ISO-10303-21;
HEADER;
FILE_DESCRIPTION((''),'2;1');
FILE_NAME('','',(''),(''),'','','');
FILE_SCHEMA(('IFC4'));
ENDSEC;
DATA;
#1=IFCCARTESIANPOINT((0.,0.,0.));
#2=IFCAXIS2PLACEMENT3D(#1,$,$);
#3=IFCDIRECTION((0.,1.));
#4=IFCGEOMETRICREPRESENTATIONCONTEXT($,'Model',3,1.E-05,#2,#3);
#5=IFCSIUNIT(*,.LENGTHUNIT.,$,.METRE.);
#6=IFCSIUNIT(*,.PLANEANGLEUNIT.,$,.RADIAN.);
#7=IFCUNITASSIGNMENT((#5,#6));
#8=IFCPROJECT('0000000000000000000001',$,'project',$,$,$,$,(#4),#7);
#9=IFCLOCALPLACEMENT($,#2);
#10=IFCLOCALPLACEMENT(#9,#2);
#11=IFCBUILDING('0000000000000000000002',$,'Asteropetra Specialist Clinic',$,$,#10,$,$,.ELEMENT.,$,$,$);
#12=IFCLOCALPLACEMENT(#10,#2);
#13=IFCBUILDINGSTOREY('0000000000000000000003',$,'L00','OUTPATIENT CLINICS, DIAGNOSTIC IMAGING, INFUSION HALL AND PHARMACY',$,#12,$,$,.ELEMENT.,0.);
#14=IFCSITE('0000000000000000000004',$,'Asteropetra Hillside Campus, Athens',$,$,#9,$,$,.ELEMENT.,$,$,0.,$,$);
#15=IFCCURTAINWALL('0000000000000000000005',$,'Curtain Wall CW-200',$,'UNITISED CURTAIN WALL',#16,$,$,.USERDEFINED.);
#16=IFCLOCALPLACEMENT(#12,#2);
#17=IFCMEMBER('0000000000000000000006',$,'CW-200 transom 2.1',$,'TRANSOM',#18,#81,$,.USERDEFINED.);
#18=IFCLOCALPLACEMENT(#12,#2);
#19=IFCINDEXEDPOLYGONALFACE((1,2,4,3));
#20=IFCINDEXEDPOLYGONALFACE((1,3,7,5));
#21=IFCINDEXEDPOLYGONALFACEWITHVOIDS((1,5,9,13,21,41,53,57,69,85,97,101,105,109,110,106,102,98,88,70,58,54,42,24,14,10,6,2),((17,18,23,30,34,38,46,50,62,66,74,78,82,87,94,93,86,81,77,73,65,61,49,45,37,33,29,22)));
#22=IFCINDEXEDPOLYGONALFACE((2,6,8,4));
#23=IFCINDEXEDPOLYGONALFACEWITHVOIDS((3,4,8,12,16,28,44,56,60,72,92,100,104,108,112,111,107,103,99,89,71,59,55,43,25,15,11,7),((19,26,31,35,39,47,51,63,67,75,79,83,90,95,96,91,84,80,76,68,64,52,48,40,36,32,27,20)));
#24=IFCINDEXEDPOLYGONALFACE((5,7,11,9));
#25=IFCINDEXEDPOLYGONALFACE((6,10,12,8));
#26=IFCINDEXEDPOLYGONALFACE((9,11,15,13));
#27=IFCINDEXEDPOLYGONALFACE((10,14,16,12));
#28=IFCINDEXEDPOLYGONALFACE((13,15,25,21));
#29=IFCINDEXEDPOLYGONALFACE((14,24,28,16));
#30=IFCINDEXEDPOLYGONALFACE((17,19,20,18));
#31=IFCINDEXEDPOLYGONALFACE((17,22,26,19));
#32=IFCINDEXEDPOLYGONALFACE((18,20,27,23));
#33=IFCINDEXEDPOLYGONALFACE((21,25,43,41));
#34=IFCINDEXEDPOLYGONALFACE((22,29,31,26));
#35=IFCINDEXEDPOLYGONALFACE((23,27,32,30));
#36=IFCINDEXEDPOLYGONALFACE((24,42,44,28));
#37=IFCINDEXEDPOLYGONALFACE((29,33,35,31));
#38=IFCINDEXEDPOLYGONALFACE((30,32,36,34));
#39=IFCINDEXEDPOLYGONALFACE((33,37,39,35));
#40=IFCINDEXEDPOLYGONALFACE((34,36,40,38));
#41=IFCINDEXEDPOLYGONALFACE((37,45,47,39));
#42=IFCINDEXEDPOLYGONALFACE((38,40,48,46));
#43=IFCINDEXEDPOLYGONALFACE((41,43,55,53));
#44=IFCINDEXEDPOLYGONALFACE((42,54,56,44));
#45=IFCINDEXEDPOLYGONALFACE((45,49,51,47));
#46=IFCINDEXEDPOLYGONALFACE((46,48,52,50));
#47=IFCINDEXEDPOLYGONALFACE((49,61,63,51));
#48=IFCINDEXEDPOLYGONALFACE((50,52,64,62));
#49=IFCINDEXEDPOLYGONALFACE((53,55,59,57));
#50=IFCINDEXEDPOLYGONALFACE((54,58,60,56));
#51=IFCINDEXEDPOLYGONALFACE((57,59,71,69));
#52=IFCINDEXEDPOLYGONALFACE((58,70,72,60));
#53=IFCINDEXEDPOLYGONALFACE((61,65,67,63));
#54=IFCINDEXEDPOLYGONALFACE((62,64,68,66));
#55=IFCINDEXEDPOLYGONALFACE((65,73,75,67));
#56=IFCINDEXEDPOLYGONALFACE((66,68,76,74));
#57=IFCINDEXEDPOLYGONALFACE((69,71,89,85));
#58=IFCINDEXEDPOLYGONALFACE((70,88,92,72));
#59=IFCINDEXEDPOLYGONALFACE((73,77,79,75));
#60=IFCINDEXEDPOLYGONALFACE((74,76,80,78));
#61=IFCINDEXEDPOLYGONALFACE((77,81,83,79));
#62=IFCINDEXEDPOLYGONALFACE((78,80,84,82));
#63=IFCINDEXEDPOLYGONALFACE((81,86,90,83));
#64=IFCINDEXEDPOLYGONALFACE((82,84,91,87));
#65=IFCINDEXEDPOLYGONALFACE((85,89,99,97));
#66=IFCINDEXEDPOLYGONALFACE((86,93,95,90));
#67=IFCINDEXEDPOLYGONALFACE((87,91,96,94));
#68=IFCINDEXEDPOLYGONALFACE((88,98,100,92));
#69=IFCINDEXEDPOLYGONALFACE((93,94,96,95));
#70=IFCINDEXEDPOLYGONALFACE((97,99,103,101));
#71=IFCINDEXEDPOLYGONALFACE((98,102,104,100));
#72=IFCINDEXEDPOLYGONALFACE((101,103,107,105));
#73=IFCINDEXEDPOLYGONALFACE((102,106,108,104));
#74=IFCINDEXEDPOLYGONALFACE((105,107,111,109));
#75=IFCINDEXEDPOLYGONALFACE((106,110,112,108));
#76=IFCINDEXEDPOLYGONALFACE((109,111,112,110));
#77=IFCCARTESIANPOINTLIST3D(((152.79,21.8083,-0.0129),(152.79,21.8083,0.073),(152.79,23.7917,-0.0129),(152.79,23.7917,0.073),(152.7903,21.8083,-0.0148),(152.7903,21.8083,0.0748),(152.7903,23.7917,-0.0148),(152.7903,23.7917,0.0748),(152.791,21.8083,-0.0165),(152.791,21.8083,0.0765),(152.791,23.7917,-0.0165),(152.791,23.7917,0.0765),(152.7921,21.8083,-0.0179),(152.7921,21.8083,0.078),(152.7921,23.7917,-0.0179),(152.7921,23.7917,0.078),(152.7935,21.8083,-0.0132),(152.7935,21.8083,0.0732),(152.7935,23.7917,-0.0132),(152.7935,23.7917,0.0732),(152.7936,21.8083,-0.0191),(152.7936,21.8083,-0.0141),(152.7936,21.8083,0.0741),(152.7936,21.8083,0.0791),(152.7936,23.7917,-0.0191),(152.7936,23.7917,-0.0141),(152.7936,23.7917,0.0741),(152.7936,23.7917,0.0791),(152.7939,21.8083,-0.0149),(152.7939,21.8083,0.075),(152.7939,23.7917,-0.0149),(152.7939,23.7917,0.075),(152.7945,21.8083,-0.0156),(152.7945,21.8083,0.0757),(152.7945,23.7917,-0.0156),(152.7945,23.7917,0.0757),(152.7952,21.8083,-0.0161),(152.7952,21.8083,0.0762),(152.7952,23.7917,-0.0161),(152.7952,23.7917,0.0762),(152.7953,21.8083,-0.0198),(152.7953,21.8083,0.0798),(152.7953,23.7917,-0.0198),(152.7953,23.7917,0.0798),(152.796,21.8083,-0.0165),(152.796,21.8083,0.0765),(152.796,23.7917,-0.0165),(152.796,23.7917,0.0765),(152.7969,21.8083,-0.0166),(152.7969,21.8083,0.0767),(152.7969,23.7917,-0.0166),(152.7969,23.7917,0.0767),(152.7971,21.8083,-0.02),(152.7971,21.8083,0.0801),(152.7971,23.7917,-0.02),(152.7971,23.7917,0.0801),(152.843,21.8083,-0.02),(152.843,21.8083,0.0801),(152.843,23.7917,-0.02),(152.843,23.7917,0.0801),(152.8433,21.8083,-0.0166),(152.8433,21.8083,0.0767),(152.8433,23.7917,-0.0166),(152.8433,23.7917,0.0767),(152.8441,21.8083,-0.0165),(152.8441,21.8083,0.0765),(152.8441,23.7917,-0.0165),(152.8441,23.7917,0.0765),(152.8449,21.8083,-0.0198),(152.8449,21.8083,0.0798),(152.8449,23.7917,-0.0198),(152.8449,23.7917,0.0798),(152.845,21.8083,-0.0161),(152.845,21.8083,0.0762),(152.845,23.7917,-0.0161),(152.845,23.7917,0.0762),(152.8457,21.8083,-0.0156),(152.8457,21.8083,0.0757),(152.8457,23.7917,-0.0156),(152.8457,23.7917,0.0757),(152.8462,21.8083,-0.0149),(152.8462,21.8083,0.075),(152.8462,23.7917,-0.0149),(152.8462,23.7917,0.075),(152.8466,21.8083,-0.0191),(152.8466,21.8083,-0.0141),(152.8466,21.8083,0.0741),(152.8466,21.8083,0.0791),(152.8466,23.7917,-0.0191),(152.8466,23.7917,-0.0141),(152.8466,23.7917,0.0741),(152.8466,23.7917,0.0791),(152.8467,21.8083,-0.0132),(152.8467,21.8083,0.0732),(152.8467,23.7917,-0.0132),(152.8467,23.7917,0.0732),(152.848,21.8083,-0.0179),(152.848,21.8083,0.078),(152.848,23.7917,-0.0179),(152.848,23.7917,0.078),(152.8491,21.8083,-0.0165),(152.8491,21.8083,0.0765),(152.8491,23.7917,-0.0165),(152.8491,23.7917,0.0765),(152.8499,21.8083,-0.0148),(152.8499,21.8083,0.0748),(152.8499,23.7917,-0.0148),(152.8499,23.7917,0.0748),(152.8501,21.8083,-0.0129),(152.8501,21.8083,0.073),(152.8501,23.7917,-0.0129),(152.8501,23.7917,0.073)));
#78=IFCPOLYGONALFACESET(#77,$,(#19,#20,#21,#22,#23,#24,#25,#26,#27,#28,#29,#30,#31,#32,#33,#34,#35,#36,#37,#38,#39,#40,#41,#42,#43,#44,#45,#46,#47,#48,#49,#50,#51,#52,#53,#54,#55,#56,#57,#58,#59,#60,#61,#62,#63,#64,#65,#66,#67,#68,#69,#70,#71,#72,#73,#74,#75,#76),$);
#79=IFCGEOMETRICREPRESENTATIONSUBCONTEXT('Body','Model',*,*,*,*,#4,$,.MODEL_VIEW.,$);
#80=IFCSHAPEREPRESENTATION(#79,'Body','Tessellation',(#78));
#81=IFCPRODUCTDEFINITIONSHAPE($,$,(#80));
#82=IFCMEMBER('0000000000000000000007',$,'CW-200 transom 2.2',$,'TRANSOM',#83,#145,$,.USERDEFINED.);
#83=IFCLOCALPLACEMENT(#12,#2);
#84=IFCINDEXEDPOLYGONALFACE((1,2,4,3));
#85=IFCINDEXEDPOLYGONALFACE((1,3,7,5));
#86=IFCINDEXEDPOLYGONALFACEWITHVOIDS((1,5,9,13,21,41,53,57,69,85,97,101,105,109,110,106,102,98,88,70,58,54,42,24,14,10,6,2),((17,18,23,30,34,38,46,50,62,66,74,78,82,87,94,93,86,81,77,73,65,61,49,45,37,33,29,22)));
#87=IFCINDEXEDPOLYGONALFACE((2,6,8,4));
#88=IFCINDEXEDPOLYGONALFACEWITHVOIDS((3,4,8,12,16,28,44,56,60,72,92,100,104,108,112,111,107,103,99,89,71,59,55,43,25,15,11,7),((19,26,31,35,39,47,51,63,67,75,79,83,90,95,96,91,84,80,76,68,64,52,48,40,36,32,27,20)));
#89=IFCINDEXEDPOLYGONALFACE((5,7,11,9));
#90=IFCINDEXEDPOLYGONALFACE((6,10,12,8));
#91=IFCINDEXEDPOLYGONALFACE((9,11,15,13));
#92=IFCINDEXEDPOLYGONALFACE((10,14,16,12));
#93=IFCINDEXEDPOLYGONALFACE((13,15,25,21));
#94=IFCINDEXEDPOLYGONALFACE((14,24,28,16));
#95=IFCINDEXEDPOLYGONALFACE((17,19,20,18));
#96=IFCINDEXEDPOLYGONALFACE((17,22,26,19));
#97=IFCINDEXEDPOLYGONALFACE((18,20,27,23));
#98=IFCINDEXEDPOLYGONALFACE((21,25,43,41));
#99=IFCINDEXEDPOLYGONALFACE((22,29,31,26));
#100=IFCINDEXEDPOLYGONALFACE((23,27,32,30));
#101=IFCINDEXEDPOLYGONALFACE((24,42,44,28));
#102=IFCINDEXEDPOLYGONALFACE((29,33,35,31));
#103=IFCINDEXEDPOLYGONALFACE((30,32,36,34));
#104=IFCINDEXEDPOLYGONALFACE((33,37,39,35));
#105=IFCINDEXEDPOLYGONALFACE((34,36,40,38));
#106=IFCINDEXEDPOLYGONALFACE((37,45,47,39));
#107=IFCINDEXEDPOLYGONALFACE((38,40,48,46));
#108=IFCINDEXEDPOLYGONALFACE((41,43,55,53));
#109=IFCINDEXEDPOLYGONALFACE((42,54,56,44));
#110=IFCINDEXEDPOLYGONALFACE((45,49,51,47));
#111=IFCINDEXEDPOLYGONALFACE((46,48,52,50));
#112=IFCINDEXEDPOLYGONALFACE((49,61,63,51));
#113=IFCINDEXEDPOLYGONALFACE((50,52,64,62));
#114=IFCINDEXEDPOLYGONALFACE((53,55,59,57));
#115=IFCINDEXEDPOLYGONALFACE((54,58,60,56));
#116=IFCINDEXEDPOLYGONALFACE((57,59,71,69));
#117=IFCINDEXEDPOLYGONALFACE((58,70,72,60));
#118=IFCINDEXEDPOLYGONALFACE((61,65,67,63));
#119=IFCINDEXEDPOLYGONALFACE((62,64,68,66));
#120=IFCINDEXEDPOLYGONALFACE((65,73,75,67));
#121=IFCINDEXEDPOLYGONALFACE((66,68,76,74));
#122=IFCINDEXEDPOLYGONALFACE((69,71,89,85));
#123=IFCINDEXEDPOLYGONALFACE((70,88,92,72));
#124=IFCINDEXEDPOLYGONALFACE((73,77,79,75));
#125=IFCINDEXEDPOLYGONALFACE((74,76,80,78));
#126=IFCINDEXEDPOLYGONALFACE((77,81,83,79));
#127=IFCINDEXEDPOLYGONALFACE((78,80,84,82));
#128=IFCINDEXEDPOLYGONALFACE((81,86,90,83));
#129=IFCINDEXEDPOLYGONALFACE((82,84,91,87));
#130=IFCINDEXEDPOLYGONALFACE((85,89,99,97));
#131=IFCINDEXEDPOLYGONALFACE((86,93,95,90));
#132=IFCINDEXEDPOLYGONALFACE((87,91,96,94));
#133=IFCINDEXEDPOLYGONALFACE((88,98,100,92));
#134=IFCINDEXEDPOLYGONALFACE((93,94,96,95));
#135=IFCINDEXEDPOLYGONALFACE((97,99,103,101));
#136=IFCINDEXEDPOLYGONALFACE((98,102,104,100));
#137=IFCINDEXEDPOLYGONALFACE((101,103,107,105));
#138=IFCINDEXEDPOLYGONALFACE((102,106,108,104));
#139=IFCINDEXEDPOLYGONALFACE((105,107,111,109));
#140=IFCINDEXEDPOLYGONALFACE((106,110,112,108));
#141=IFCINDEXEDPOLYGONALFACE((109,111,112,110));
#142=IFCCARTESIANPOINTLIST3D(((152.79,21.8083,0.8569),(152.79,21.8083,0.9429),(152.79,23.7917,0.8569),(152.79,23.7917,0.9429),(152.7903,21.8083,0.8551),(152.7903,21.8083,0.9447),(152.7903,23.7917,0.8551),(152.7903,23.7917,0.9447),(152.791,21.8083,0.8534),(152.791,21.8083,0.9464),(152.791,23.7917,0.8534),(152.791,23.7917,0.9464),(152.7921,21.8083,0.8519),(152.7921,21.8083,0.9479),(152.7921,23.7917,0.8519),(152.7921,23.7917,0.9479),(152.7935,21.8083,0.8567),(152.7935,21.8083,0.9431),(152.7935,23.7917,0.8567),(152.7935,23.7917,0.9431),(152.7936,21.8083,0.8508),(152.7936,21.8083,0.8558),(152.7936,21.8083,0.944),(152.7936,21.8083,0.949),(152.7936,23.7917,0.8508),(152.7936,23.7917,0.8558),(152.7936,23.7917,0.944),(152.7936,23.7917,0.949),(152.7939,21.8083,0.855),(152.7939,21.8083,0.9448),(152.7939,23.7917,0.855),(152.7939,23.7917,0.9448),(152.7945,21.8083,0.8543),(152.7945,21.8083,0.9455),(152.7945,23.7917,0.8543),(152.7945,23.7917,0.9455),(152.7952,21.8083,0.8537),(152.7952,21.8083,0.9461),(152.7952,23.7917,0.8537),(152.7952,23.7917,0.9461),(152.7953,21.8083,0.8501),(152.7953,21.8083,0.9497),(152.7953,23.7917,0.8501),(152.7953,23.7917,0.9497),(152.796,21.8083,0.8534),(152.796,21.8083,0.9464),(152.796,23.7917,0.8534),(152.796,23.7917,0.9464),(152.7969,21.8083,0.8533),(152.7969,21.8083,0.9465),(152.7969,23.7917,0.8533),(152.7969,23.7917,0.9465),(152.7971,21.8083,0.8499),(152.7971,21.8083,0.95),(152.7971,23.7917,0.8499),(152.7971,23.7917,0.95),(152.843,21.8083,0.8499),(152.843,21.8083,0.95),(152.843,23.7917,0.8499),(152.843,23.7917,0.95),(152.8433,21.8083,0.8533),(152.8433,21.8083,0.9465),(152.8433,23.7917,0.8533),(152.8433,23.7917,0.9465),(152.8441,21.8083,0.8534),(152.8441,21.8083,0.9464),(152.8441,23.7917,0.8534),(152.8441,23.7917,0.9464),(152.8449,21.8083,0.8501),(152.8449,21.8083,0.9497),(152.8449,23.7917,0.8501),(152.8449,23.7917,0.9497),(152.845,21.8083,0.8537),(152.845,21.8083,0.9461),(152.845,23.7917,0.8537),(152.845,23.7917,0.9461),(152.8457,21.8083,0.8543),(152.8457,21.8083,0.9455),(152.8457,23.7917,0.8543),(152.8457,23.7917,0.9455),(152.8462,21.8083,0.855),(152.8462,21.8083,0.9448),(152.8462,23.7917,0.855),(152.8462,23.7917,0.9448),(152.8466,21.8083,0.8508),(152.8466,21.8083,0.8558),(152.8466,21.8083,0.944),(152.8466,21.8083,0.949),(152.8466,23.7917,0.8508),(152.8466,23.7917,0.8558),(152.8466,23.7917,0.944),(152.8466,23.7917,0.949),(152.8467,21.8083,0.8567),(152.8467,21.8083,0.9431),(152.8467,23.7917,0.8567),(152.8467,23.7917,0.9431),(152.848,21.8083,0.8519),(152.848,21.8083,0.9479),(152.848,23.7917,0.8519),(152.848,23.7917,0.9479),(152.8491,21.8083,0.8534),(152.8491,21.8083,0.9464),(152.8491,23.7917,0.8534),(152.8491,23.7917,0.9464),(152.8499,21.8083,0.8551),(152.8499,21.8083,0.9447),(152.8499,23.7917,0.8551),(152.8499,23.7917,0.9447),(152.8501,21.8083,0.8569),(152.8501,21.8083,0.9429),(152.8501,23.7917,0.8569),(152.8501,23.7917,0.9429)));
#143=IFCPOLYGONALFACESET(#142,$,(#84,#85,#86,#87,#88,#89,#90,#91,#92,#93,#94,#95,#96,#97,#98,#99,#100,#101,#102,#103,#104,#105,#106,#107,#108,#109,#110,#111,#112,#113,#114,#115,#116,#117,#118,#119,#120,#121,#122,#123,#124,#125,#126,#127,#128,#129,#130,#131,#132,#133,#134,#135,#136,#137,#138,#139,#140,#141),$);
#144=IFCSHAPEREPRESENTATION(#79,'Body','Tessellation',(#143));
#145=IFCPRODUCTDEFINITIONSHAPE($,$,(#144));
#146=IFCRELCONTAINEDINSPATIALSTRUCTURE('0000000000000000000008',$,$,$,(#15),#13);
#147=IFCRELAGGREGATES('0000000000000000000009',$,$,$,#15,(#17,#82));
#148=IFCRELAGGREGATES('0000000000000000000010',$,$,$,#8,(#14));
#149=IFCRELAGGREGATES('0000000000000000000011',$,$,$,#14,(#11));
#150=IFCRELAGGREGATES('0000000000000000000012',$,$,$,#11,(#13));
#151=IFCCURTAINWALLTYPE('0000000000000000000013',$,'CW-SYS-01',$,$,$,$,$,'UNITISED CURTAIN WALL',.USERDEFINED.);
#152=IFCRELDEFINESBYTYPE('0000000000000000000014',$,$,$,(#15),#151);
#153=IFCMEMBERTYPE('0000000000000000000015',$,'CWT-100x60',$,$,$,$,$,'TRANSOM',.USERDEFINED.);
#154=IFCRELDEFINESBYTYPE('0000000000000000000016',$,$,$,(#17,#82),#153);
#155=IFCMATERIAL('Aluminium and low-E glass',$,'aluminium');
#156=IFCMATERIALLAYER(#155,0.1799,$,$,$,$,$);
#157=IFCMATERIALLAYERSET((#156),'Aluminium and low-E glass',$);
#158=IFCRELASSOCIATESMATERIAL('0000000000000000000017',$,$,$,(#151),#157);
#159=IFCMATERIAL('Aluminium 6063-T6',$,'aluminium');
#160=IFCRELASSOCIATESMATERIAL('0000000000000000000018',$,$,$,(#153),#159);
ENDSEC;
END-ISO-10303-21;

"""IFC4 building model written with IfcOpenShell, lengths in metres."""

from ifc_helpers import new_model, si_unit, direction, frame, origin, origin_2d, place, context, subcontext, project, spatial, hollow_rectangle, extrude, material, layer, layer_set, material_profile, profile_set, type_object, element, aggregate, save


model = new_model("IFC4")

# Units and contexts
model_context = context("Model", 3, precision=1e-05, world=origin(), true_north=direction((0.0, 1.0)))
body_context = subcontext(model_context, "Body", "Model", "MODEL_VIEW")
ifc_project = project(units=[si_unit("LENGTHUNIT", "METRE"), si_unit("PLANEANGLEUNIT", "RADIAN")], contexts=[model_context])

# Site, building, storey
site_placement = place(None, origin())
site = spatial("IfcSite", under=ifc_project, at=site_placement, Name="Asteropetra Hillside Campus, Athens", CompositionType="ELEMENT", RefElevation=0.0)
building_placement = place(site_placement, origin())
building = spatial("IfcBuilding", under=site, at=building_placement, Name="Asteropetra Specialist Clinic", CompositionType="ELEMENT")
storey_placement = place(building_placement, origin())
storey = spatial("IfcBuildingStorey", under=building, at=storey_placement, Name="L00", Description="OUTPATIENT CLINICS, DIAGNOSTIC IMAGING, INFUSION HALL AND PHARMACY", CompositionType="ELEMENT", Elevation=0.0)

# Curtain wall, members
ifc_material_1 = material(Name="Aluminium and low-E glass", Category="aluminium")
ifc_layer_1 = layer(ifc_material_1, 0.1799)
ifc_layer_set_1 = layer_set([ifc_layer_1], Name="Aluminium and low-E glass")
curtain_wall_type = type_object("IfcCurtainWallType", Name="CW-SYS-01", ElementType="UNITISED CURTAIN WALL", PredefinedType="USERDEFINED", material=ifc_layer_set_1)
curtain_wall_placement = place(storey_placement, origin())
curtain_wall = element("IfcCurtainWall", 1, at=curtain_wall_placement, inside=storey, type_object=curtain_wall_type, Name="Curtain Wall CW-200", ObjectType="UNITISED CURTAIN WALL", PredefinedType="USERDEFINED")
ifc_material_2 = material(Name="Aluminium 6063-T6", Category="aluminium")
ifc_material_profile_1 = material_profile(ifc_material_2, hollow_rectangle(XDim=0.0601, YDim=0.1001, WallThickness=0.0034, InnerFilletRadius=0.0034, OuterFilletRadius=0.0071, at=origin_2d()), Name="TRN 100x60x3.5")
ifc_profile_set_1 = profile_set([ifc_material_profile_1], Name="Aluminium 6063-T6")
member_type_1 = type_object("IfcMemberType", Name="CWT-100x60", ElementType="TRANSOM", PredefinedType="USERDEFINED", material=ifc_profile_set_1)
member_1_placement = place(storey_placement, frame((152.8201, 21.8083, 0.03), z_axis=(0.0, 1.0, 0.0), x_axis=(-1.0, 0.0, 0.0)))
member_1 = element("IfcMember", 2, at=member_1_placement, type_object=member_type_1, Name="CW-200 transom 2.1", ObjectType="TRANSOM", PredefinedType="USERDEFINED", context=body_context, shape_type="SweptSolid", body=[
    extrude(hollow_rectangle(XDim=0.0601, YDim=0.1001, WallThickness=0.0034, InnerFilletRadius=0.0034, OuterFilletRadius=0.0071, at=origin_2d()), origin(), (0.0, 0.0, 1.0), 1.9834),
])
member_2_placement = place(storey_placement, frame((152.8201, 21.8083, 0.8999), z_axis=(0.0, 1.0, 0.0), x_axis=(-1.0, 0.0, 0.0)))
member_2 = element("IfcMember", 3, at=member_2_placement, type_object=member_type_1, Name="CW-200 transom 2.2", ObjectType="TRANSOM", PredefinedType="USERDEFINED", context=body_context, shape_type="SweptSolid", body=[
    extrude(hollow_rectangle(XDim=0.0601, YDim=0.1001, WallThickness=0.0034, InnerFilletRadius=0.0034, OuterFilletRadius=0.0071, at=origin_2d()), origin(), (0.0, 0.0, 1.0), 1.9834),
])
aggregate(curtain_wall, [member_1, member_2])

save(model, "model.ifc")
